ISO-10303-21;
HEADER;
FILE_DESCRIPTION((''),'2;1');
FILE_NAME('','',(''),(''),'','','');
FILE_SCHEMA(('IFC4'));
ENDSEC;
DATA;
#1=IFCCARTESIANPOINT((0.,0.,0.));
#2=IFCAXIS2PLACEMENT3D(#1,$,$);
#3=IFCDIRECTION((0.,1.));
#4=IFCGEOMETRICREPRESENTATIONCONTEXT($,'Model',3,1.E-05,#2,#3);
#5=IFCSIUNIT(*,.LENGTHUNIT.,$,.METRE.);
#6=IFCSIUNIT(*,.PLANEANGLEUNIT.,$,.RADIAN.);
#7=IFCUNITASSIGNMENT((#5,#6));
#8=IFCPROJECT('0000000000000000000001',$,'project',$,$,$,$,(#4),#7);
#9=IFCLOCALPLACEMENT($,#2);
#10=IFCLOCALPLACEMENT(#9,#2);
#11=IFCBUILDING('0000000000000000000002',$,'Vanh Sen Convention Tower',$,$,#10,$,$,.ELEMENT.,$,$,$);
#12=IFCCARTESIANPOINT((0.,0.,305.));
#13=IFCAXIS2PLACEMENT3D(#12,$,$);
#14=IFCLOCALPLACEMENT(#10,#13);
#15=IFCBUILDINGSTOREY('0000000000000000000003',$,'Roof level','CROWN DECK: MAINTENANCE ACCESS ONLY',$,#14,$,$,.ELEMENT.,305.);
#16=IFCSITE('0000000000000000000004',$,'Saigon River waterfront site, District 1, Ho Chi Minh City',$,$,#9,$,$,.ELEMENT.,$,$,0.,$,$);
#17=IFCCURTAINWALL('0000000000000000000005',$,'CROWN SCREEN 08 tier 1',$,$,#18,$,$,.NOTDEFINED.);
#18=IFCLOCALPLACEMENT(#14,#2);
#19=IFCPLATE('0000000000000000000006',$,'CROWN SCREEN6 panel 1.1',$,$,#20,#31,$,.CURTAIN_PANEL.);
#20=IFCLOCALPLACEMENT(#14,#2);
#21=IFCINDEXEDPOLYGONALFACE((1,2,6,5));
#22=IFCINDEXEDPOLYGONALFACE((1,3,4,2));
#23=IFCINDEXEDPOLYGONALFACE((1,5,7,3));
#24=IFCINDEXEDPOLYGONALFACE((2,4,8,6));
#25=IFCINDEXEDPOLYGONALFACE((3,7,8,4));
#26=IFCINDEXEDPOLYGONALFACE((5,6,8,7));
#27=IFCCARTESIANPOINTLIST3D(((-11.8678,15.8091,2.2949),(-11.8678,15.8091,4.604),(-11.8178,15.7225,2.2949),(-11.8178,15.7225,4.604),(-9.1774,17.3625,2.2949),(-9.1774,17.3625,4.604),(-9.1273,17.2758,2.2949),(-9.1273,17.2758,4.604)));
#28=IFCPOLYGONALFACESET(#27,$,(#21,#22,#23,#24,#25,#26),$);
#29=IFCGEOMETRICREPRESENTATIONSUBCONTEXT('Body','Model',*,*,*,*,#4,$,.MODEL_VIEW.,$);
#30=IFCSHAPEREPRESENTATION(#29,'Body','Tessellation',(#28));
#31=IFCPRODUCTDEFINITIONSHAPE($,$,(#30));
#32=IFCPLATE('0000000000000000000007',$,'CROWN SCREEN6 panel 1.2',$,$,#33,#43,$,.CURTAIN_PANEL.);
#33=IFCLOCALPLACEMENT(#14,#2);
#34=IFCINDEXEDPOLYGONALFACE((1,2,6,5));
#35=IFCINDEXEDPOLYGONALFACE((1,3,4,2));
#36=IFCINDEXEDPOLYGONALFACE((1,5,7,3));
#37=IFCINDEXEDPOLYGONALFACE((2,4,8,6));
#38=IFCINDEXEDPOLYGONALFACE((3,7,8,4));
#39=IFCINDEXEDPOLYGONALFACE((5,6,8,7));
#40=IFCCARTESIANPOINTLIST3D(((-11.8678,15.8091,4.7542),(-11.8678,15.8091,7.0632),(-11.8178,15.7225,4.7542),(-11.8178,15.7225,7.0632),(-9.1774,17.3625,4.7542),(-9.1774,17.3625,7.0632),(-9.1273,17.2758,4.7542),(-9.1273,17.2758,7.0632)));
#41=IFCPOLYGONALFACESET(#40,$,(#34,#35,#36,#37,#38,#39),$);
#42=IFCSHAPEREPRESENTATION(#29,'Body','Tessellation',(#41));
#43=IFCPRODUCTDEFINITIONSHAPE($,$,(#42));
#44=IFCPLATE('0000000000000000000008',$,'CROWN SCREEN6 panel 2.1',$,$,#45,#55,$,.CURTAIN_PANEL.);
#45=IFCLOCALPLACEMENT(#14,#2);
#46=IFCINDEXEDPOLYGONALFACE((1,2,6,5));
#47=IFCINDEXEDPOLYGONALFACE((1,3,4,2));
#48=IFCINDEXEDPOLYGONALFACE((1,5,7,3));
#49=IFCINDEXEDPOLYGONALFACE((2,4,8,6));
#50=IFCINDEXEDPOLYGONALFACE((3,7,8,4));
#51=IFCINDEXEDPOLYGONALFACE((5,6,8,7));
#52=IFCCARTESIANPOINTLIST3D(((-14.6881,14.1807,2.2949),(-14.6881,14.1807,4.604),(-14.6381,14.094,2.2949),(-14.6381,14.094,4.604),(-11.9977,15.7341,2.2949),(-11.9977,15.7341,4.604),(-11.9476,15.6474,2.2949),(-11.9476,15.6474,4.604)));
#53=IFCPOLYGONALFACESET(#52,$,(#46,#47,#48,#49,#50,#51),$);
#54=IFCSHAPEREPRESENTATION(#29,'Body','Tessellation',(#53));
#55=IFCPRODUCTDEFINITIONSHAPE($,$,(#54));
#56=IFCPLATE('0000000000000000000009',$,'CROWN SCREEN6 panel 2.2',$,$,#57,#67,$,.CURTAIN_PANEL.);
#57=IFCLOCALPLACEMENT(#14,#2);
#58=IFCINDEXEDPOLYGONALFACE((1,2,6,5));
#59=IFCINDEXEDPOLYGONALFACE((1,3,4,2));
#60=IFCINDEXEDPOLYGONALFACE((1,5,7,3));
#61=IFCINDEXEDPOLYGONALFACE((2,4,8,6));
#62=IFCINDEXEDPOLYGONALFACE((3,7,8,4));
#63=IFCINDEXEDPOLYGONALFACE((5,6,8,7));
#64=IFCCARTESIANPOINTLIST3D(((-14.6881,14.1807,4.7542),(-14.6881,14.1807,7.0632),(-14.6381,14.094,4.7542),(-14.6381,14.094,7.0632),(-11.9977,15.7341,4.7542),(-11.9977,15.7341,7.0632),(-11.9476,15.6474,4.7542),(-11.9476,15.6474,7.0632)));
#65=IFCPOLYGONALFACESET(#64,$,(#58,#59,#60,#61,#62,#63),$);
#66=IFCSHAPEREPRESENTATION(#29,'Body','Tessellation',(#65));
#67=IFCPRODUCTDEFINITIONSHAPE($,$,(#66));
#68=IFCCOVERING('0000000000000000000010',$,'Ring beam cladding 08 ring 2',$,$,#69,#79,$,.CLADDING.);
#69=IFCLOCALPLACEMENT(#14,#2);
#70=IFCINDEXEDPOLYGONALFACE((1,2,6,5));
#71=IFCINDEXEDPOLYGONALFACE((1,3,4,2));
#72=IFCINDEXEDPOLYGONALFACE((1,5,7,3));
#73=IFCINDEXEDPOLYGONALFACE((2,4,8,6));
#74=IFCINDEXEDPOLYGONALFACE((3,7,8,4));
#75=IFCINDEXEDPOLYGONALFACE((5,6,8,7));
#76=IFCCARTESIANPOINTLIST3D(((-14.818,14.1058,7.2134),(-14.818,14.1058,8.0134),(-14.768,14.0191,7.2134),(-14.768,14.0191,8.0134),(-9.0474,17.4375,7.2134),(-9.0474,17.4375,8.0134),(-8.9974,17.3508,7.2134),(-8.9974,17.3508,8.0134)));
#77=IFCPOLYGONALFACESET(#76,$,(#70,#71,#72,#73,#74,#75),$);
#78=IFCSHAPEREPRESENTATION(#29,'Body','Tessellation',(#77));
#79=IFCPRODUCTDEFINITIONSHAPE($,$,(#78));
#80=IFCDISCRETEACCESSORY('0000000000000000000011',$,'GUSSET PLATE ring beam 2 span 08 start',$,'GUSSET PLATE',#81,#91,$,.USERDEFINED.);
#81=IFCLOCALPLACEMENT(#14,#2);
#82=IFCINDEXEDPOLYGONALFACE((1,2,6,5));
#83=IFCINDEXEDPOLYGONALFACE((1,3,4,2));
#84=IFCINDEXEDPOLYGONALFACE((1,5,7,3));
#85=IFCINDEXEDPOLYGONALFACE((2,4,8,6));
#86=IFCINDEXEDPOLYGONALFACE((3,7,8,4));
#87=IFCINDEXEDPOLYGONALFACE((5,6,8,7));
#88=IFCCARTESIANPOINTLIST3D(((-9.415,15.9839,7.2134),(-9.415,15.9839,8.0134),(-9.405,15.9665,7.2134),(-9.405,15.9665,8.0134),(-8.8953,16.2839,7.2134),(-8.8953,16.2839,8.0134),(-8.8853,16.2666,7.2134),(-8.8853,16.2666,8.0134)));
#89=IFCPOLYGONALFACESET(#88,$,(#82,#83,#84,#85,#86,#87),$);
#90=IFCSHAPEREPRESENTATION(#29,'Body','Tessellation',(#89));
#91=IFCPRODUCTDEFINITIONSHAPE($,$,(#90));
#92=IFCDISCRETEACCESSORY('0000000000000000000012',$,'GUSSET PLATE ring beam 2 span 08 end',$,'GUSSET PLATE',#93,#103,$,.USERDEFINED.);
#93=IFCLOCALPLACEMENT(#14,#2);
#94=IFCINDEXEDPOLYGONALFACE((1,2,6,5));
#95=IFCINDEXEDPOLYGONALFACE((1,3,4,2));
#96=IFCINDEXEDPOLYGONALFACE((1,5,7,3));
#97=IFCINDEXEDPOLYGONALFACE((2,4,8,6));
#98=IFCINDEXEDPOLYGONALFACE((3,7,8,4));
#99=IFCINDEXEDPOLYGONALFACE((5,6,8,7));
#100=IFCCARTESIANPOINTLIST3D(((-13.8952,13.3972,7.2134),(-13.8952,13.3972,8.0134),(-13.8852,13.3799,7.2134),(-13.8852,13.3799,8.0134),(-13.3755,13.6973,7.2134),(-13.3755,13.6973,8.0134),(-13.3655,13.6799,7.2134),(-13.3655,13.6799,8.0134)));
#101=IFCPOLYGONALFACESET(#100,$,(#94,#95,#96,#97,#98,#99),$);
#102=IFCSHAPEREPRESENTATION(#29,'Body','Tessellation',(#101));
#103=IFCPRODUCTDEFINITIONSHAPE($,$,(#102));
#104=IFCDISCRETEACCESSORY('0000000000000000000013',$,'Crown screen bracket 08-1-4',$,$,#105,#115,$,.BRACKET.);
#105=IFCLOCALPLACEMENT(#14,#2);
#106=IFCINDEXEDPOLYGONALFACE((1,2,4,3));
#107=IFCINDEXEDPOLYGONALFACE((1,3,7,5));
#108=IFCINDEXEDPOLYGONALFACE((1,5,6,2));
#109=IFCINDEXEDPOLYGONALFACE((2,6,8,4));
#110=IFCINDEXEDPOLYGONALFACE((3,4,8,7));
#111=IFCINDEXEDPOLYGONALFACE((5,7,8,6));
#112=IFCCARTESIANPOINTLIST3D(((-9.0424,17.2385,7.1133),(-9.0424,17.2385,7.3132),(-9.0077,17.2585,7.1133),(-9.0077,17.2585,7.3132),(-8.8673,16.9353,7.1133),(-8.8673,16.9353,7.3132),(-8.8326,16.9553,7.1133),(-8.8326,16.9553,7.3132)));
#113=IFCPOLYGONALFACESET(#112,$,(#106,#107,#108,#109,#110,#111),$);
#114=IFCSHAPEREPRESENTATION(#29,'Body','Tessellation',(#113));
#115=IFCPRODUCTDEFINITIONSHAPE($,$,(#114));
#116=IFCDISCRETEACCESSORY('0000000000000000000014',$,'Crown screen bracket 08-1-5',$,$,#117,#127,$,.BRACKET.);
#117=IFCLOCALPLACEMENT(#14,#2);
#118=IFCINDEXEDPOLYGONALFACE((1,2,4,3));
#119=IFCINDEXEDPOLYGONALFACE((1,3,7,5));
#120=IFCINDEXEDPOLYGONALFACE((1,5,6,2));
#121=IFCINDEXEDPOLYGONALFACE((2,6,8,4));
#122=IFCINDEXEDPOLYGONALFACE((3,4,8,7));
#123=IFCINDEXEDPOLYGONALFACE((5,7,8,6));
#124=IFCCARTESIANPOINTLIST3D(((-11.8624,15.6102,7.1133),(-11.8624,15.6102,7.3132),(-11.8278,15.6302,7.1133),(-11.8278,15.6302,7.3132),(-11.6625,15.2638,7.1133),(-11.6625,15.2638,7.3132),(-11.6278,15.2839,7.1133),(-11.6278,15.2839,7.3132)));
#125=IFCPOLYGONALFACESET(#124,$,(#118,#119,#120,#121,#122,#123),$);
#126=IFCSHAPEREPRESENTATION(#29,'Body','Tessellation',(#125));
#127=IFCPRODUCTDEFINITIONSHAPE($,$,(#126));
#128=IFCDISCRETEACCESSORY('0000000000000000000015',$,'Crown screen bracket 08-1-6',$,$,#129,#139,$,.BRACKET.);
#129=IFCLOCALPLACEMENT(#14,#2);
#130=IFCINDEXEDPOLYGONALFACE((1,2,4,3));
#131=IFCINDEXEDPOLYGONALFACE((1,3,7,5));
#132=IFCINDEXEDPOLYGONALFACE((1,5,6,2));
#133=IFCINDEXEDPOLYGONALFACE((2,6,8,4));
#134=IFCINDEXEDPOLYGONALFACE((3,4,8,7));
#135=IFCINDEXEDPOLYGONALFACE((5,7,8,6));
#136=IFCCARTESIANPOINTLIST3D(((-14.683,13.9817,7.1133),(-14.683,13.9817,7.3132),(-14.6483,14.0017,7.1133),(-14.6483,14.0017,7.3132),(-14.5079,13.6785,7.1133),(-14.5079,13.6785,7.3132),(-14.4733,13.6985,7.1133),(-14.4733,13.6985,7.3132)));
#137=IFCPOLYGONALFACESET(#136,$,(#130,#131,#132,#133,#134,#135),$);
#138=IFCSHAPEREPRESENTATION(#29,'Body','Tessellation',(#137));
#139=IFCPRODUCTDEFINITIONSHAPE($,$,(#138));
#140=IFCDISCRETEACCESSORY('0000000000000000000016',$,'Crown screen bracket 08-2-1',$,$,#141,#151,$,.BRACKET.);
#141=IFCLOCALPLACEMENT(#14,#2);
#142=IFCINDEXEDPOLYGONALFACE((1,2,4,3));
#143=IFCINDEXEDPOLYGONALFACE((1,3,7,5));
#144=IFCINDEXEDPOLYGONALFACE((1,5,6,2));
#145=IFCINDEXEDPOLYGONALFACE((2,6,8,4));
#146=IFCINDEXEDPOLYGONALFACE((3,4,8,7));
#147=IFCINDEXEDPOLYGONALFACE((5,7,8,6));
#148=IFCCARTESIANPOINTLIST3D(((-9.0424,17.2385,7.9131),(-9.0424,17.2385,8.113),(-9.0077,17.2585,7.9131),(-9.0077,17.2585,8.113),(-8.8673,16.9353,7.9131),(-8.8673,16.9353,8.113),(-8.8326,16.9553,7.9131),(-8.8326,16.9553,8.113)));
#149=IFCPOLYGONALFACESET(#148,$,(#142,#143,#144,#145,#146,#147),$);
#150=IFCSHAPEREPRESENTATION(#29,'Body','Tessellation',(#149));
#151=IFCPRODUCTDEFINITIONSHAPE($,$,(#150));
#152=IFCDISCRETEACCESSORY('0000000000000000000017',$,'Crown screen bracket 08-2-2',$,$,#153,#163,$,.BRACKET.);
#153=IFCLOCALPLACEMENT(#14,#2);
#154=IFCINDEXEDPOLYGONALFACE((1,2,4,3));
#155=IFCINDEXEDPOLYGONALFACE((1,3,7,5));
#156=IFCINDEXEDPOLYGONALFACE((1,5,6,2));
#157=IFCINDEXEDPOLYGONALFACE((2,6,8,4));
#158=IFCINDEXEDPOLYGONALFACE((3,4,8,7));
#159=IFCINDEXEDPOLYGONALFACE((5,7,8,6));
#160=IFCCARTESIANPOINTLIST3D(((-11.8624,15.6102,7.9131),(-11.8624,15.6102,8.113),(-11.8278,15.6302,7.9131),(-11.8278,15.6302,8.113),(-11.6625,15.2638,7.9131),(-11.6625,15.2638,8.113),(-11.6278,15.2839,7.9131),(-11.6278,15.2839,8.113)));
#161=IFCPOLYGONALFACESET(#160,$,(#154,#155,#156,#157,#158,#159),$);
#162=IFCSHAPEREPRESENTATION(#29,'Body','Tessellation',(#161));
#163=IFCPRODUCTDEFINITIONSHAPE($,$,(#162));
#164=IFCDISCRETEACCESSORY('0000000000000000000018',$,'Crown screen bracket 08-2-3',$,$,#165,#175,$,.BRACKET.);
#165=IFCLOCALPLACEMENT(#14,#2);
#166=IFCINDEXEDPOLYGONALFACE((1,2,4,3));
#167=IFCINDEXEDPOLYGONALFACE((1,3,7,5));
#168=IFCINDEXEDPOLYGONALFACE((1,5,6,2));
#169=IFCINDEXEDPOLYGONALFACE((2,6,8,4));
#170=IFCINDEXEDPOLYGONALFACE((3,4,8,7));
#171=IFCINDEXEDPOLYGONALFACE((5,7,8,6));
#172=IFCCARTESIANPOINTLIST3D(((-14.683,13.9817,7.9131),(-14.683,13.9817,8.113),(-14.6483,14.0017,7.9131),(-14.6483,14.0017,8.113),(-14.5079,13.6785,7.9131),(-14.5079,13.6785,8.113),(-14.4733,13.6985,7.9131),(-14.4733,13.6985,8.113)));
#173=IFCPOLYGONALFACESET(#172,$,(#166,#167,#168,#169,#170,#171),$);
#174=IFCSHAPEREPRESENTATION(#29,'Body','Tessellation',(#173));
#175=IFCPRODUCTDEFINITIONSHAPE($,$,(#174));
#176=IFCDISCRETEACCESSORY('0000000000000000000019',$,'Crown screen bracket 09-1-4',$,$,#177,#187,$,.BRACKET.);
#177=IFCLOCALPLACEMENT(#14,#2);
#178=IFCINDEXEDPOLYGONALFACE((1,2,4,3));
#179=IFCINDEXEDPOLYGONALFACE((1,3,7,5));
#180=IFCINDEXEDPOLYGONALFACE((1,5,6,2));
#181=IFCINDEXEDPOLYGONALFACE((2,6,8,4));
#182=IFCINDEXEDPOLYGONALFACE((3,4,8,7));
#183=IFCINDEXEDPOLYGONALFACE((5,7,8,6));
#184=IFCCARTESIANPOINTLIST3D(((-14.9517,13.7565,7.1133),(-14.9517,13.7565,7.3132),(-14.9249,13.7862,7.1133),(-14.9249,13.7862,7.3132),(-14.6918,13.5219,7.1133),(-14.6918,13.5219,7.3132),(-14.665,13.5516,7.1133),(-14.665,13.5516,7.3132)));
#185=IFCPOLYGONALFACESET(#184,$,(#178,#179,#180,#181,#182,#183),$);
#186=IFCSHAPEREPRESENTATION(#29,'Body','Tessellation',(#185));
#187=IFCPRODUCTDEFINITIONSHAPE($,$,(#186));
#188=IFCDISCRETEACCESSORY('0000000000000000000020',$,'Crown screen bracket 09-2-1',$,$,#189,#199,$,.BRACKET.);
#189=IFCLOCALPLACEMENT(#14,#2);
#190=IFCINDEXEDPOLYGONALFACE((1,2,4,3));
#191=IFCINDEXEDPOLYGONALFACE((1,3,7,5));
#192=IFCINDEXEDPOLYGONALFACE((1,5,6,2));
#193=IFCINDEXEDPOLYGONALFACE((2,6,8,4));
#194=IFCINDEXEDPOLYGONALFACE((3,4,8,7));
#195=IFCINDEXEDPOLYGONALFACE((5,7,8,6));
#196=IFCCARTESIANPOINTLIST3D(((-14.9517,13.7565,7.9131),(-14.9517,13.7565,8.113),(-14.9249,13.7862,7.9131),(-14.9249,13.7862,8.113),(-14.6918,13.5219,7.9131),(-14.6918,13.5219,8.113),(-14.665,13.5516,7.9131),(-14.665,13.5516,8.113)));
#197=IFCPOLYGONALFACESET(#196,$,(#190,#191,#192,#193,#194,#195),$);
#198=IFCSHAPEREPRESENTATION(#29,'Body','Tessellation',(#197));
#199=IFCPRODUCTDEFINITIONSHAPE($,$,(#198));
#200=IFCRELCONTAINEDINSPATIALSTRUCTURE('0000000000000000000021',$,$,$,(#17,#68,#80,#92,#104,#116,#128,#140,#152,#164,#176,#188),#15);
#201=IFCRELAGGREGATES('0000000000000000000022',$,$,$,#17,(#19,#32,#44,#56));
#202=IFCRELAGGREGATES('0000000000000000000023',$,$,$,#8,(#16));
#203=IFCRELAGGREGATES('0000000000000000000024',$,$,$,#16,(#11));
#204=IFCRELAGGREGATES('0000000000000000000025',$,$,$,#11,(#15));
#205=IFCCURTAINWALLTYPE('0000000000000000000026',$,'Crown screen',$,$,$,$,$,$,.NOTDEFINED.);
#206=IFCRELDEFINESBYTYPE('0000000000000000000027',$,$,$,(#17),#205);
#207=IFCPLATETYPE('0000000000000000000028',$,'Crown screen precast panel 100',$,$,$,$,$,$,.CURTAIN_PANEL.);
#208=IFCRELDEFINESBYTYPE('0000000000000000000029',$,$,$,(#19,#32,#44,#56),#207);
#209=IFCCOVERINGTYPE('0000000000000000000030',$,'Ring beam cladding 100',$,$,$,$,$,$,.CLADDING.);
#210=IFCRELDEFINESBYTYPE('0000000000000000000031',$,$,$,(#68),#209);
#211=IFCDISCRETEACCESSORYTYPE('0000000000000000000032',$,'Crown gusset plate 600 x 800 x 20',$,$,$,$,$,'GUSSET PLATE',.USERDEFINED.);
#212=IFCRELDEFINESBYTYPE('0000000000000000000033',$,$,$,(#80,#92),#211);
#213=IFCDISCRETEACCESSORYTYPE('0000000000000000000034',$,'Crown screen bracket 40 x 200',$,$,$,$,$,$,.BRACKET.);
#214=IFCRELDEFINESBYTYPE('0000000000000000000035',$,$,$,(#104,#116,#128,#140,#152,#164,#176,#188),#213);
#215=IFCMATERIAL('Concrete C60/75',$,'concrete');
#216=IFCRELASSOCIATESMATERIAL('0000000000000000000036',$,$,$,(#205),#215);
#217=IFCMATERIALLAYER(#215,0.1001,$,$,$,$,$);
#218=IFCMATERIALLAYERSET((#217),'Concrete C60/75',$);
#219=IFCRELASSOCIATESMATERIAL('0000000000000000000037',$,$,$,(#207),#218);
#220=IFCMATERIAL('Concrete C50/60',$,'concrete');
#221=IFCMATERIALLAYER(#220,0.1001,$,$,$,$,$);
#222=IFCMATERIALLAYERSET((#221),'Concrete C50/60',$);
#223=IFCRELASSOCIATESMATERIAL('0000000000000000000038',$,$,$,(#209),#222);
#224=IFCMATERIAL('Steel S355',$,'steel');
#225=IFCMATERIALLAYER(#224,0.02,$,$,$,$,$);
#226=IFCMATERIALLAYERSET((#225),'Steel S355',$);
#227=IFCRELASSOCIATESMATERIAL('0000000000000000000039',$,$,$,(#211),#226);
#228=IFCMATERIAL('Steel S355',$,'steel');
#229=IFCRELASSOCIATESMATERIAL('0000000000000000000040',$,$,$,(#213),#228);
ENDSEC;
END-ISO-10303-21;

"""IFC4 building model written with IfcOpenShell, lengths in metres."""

from ifc_helpers import new_model, si_unit, direction, frame, origin, origin_2d, place, context, subcontext, project, spatial, rectangle, extrude, material, layer, layer_set, type_object, element, aggregate, save


model = new_model("IFC4")

# Units and contexts
model_context = context("Model", 3, precision=1e-05, world=origin(), true_north=direction((0.0, 1.0)))
body_context = subcontext(model_context, "Body", "Model", "MODEL_VIEW")
ifc_project = project(units=[si_unit("LENGTHUNIT", "METRE"), si_unit("PLANEANGLEUNIT", "RADIAN")], contexts=[model_context])

# Site, building, storey
site_placement = place(None, origin())
site = spatial("IfcSite", under=ifc_project, at=site_placement, Name="Saigon River waterfront site, District 1, Ho Chi Minh City", CompositionType="ELEMENT", RefElevation=0.0)
building_placement = place(site_placement, origin())
building = spatial("IfcBuilding", under=site, at=building_placement, Name="Vanh Sen Convention Tower", CompositionType="ELEMENT")
storey_placement = place(building_placement, frame((0.0, 0.0, 305.0)))
storey = spatial("IfcBuildingStorey", under=building, at=storey_placement, Name="Roof level", Description="CROWN DECK: MAINTENANCE ACCESS ONLY", CompositionType="ELEMENT", Elevation=305.0)

# Curtain wall
ifc_material_1 = material(Name="Concrete C60/75", Category="concrete")
curtain_wall_type = type_object("IfcCurtainWallType", Name="Crown screen", PredefinedType="NOTDEFINED", material=ifc_material_1)
curtain_wall_1_placement = place(storey_placement, origin())
curtain_wall_1 = element("IfcCurtainWall", 1, at=curtain_wall_1_placement, inside=storey, type_object=curtain_wall_type, Name="CROWN SCREEN 08 tier 1", PredefinedType="NOTDEFINED")

# Plates
ifc_layer_1 = layer(ifc_material_1, 0.1001)
ifc_layer_set_1 = layer_set([ifc_layer_1], Name="Concrete C60/75")
plate_type = type_object("IfcPlateType", Name="Crown screen precast panel 100", PredefinedType="CURTAIN_PANEL", material=ifc_layer_set_1)
plate_1_placement = place(storey_placement, frame((-10.4976, 16.5425, 2.2949), z_axis=(0.0, 0.0, 1.0), x_axis=(-0.866023, -0.500005, 0.0)))
plate_1 = element("IfcPlate", 2, at=plate_1_placement, type_object=plate_type, Name="CROWN SCREEN6 panel 1.1", PredefinedType="CURTAIN_PANEL", context=body_context, shape_type="SweptSolid", body=[
    extrude(rectangle(XDim=3.1067, YDim=0.1001, at=origin_2d()), origin(), (0.0, 0.0, 1.0), 2.3091),
])
plate_2_placement = place(storey_placement, frame((-10.4976, 16.5425, 4.7542), z_axis=(0.0, 0.0, 1.0), x_axis=(-0.866023, -0.500005, 0.0)))
plate_2 = element("IfcPlate", 3, at=plate_2_placement, type_object=plate_type, Name="CROWN SCREEN6 panel 1.2", PredefinedType="CURTAIN_PANEL", context=body_context, shape_type="SweptSolid", body=[
    extrude(rectangle(XDim=3.1067, YDim=0.1001, at=origin_2d()), origin(), (0.0, 0.0, 1.0), 2.3091),
])
plate_3_placement = place(storey_placement, frame((-13.3179, 14.9141, 2.2949), z_axis=(0.0, 0.0, 1.0), x_axis=(-0.866023, -0.500005, 0.0)))
plate_3 = element("IfcPlate", 4, at=plate_3_placement, type_object=plate_type, Name="CROWN SCREEN6 panel 2.1", PredefinedType="CURTAIN_PANEL", context=body_context, shape_type="SweptSolid", body=[
    extrude(rectangle(XDim=3.1067, YDim=0.1001, at=origin_2d()), origin(), (0.0, 0.0, 1.0), 2.3091),
])
plate_4_placement = place(storey_placement, frame((-13.3179, 14.9141, 4.7542), z_axis=(0.0, 0.0, 1.0), x_axis=(-0.866023, -0.500005, 0.0)))
plate_4 = element("IfcPlate", 5, at=plate_4_placement, type_object=plate_type, Name="CROWN SCREEN6 panel 2.2", PredefinedType="CURTAIN_PANEL", context=body_context, shape_type="SweptSolid", body=[
    extrude(rectangle(XDim=3.1067, YDim=0.1001, at=origin_2d()), origin(), (0.0, 0.0, 1.0), 2.3091),
])
aggregate(curtain_wall_1, [plate_1, plate_2, plate_3, plate_4])

# Covering
ifc_material_2 = material(Name="Concrete C50/60", Category="concrete")
ifc_layer_2 = layer(ifc_material_2, 0.1001)
ifc_layer_set_2 = layer_set([ifc_layer_2], Name="Concrete C50/60")
covering_type = type_object("IfcCoveringType", Name="Ring beam cladding 100", PredefinedType="CLADDING", material=ifc_layer_set_2)
covering_placement = place(storey_placement, frame((-11.9077, 15.7283, 7.2134), z_axis=(0.0, 0.0, 1.0), x_axis=(-0.866023, -0.500005, 0.0)))
element("IfcCovering", 6, at=covering_placement, inside=storey, type_object=covering_type, Name="Ring beam cladding 08 ring 2", PredefinedType="CLADDING", context=body_context, shape_type="SweptSolid", body=[
    extrude(rectangle(XDim=6.6633, YDim=0.1001, at=origin_2d()), origin(), (0.0, 0.0, 1.0), 0.8),
])

# Discrete accessories
ifc_material_3 = material(Name="Steel S355", Category="steel")
ifc_layer_3 = layer(ifc_material_3, 0.02)
ifc_layer_set_3 = layer_set([ifc_layer_3], Name="Steel S355")
discrete_accessory_type_1 = type_object("IfcDiscreteAccessoryType", Name="Crown gusset plate 600 x 800 x 20", ElementType="GUSSET PLATE", PredefinedType="USERDEFINED", material=ifc_layer_set_3)
for number, where, z_axis, x_axis, name in (
    (7, (-9.1501, 16.1252, 7.2134), (0.0, 0.0, 1.0), (-0.866023, -0.500005, 0.0), "GUSSET PLATE ring beam 2 span 08 start"),
    (8, (-13.6304, 13.5386, 7.2134), (0.0, 0.0, 1.0), (0.866023, 0.500005, 0.0), "GUSSET PLATE ring beam 2 span 08 end"),
):
    element("IfcDiscreteAccessory", number, at=place(storey_placement, frame(where, z_axis=z_axis, x_axis=x_axis)), inside=storey, type_object=discrete_accessory_type_1, Name=name, ObjectType="GUSSET PLATE", PredefinedType="USERDEFINED", context=body_context, shape_type="SweptSolid", body=[
        extrude(rectangle(XDim=0.6001, YDim=0.02, at=origin_2d()), origin(), (0.0, 0.0, 1.0), 0.8),
    ])
ifc_material_4 = material(Name="Steel S355", Category="steel")
discrete_accessory_type_2 = type_object("IfcDiscreteAccessoryType", Name="Crown screen bracket 40 x 200", PredefinedType="BRACKET", material=ifc_material_4)
discrete_accessory_1_placement = place(storey_placement, frame((-8.9375, 17.0969, 7.1133), z_axis=(0.0, 0.0, 1.0), x_axis=(-0.500005, 0.866023, 0.0)))
element("IfcDiscreteAccessory", 9, at=discrete_accessory_1_placement, inside=storey, type_object=discrete_accessory_type_2, Name="Crown screen bracket 08-1-4", PredefinedType="BRACKET", context=body_context, shape_type="SweptSolid", body=[
    extrude(rectangle(XDim=0.3501, YDim=0.04, at=origin_2d()), origin(), (0.0, 0.0, 1.0), 0.2),
])
discrete_accessory_2_placement = place(storey_placement, frame((-11.7451, 15.447, 7.1133), z_axis=(0.0, 0.0, 1.0), x_axis=(-0.500005, 0.866023, 0.0)))
element("IfcDiscreteAccessory", 10, at=discrete_accessory_2_placement, inside=storey, type_object=discrete_accessory_type_2, Name="Crown screen bracket 08-1-5", PredefinedType="BRACKET", context=body_context, shape_type="SweptSolid", body=[
    extrude(rectangle(XDim=0.3999, YDim=0.04, at=origin_2d()), origin(), (0.0, 0.0, 1.0), 0.2),
])
for number, where, z_axis, x_axis, name in (
    (11, (-14.5781, 13.8401, 7.1133), (0.0, 0.0, 1.0), (-0.500005, 0.866023, 0.0), "Crown screen bracket 08-1-6"),
    (12, (-8.9375, 17.0969, 7.9131), (0.0, 0.0, 1.0), (-0.500005, 0.866023, 0.0), "Crown screen bracket 08-2-1"),
):
    element("IfcDiscreteAccessory", number, at=place(storey_placement, frame(where, z_axis=z_axis, x_axis=x_axis)), inside=storey, type_object=discrete_accessory_type_2, Name=name, PredefinedType="BRACKET", context=body_context, shape_type="SweptSolid", body=[
        extrude(rectangle(XDim=0.3501, YDim=0.04, at=origin_2d()), origin(), (0.0, 0.0, 1.0), 0.2),
    ])
discrete_accessory_3_placement = place(storey_placement, frame((-11.7451, 15.447, 7.9131), z_axis=(0.0, 0.0, 1.0), x_axis=(-0.500005, 0.866023, 0.0)))
element("IfcDiscreteAccessory", 13, at=discrete_accessory_3_placement, inside=storey, type_object=discrete_accessory_type_2, Name="Crown screen bracket 08-2-2", PredefinedType="BRACKET", context=body_context, shape_type="SweptSolid", body=[
    extrude(rectangle(XDim=0.3999, YDim=0.04, at=origin_2d()), origin(), (0.0, 0.0, 1.0), 0.2),
])
for number, where, z_axis, x_axis, name in (
    (14, (-14.5781, 13.8401, 7.9131), (0.0, 0.0, 1.0), (-0.500005, 0.866023, 0.0), "Crown screen bracket 08-2-3"),
    (15, (-14.8083, 13.6541, 7.1133), (0.0, 0.0, 1.0), (-0.742232, 0.670143, 0.0), "Crown screen bracket 09-1-4"),
    (16, (-14.8083, 13.6541, 7.9131), (0.0, 0.0, 1.0), (-0.742232, 0.670143, 0.0), "Crown screen bracket 09-2-1"),
):
    element("IfcDiscreteAccessory", number, at=place(storey_placement, frame(where, z_axis=z_axis, x_axis=x_axis)), inside=storey, type_object=discrete_accessory_type_2, Name=name, PredefinedType="BRACKET", context=body_context, shape_type="SweptSolid", body=[
        extrude(rectangle(XDim=0.3501, YDim=0.04, at=origin_2d()), origin(), (0.0, 0.0, 1.0), 0.2),
    ])

save(model, "model.ifc")
